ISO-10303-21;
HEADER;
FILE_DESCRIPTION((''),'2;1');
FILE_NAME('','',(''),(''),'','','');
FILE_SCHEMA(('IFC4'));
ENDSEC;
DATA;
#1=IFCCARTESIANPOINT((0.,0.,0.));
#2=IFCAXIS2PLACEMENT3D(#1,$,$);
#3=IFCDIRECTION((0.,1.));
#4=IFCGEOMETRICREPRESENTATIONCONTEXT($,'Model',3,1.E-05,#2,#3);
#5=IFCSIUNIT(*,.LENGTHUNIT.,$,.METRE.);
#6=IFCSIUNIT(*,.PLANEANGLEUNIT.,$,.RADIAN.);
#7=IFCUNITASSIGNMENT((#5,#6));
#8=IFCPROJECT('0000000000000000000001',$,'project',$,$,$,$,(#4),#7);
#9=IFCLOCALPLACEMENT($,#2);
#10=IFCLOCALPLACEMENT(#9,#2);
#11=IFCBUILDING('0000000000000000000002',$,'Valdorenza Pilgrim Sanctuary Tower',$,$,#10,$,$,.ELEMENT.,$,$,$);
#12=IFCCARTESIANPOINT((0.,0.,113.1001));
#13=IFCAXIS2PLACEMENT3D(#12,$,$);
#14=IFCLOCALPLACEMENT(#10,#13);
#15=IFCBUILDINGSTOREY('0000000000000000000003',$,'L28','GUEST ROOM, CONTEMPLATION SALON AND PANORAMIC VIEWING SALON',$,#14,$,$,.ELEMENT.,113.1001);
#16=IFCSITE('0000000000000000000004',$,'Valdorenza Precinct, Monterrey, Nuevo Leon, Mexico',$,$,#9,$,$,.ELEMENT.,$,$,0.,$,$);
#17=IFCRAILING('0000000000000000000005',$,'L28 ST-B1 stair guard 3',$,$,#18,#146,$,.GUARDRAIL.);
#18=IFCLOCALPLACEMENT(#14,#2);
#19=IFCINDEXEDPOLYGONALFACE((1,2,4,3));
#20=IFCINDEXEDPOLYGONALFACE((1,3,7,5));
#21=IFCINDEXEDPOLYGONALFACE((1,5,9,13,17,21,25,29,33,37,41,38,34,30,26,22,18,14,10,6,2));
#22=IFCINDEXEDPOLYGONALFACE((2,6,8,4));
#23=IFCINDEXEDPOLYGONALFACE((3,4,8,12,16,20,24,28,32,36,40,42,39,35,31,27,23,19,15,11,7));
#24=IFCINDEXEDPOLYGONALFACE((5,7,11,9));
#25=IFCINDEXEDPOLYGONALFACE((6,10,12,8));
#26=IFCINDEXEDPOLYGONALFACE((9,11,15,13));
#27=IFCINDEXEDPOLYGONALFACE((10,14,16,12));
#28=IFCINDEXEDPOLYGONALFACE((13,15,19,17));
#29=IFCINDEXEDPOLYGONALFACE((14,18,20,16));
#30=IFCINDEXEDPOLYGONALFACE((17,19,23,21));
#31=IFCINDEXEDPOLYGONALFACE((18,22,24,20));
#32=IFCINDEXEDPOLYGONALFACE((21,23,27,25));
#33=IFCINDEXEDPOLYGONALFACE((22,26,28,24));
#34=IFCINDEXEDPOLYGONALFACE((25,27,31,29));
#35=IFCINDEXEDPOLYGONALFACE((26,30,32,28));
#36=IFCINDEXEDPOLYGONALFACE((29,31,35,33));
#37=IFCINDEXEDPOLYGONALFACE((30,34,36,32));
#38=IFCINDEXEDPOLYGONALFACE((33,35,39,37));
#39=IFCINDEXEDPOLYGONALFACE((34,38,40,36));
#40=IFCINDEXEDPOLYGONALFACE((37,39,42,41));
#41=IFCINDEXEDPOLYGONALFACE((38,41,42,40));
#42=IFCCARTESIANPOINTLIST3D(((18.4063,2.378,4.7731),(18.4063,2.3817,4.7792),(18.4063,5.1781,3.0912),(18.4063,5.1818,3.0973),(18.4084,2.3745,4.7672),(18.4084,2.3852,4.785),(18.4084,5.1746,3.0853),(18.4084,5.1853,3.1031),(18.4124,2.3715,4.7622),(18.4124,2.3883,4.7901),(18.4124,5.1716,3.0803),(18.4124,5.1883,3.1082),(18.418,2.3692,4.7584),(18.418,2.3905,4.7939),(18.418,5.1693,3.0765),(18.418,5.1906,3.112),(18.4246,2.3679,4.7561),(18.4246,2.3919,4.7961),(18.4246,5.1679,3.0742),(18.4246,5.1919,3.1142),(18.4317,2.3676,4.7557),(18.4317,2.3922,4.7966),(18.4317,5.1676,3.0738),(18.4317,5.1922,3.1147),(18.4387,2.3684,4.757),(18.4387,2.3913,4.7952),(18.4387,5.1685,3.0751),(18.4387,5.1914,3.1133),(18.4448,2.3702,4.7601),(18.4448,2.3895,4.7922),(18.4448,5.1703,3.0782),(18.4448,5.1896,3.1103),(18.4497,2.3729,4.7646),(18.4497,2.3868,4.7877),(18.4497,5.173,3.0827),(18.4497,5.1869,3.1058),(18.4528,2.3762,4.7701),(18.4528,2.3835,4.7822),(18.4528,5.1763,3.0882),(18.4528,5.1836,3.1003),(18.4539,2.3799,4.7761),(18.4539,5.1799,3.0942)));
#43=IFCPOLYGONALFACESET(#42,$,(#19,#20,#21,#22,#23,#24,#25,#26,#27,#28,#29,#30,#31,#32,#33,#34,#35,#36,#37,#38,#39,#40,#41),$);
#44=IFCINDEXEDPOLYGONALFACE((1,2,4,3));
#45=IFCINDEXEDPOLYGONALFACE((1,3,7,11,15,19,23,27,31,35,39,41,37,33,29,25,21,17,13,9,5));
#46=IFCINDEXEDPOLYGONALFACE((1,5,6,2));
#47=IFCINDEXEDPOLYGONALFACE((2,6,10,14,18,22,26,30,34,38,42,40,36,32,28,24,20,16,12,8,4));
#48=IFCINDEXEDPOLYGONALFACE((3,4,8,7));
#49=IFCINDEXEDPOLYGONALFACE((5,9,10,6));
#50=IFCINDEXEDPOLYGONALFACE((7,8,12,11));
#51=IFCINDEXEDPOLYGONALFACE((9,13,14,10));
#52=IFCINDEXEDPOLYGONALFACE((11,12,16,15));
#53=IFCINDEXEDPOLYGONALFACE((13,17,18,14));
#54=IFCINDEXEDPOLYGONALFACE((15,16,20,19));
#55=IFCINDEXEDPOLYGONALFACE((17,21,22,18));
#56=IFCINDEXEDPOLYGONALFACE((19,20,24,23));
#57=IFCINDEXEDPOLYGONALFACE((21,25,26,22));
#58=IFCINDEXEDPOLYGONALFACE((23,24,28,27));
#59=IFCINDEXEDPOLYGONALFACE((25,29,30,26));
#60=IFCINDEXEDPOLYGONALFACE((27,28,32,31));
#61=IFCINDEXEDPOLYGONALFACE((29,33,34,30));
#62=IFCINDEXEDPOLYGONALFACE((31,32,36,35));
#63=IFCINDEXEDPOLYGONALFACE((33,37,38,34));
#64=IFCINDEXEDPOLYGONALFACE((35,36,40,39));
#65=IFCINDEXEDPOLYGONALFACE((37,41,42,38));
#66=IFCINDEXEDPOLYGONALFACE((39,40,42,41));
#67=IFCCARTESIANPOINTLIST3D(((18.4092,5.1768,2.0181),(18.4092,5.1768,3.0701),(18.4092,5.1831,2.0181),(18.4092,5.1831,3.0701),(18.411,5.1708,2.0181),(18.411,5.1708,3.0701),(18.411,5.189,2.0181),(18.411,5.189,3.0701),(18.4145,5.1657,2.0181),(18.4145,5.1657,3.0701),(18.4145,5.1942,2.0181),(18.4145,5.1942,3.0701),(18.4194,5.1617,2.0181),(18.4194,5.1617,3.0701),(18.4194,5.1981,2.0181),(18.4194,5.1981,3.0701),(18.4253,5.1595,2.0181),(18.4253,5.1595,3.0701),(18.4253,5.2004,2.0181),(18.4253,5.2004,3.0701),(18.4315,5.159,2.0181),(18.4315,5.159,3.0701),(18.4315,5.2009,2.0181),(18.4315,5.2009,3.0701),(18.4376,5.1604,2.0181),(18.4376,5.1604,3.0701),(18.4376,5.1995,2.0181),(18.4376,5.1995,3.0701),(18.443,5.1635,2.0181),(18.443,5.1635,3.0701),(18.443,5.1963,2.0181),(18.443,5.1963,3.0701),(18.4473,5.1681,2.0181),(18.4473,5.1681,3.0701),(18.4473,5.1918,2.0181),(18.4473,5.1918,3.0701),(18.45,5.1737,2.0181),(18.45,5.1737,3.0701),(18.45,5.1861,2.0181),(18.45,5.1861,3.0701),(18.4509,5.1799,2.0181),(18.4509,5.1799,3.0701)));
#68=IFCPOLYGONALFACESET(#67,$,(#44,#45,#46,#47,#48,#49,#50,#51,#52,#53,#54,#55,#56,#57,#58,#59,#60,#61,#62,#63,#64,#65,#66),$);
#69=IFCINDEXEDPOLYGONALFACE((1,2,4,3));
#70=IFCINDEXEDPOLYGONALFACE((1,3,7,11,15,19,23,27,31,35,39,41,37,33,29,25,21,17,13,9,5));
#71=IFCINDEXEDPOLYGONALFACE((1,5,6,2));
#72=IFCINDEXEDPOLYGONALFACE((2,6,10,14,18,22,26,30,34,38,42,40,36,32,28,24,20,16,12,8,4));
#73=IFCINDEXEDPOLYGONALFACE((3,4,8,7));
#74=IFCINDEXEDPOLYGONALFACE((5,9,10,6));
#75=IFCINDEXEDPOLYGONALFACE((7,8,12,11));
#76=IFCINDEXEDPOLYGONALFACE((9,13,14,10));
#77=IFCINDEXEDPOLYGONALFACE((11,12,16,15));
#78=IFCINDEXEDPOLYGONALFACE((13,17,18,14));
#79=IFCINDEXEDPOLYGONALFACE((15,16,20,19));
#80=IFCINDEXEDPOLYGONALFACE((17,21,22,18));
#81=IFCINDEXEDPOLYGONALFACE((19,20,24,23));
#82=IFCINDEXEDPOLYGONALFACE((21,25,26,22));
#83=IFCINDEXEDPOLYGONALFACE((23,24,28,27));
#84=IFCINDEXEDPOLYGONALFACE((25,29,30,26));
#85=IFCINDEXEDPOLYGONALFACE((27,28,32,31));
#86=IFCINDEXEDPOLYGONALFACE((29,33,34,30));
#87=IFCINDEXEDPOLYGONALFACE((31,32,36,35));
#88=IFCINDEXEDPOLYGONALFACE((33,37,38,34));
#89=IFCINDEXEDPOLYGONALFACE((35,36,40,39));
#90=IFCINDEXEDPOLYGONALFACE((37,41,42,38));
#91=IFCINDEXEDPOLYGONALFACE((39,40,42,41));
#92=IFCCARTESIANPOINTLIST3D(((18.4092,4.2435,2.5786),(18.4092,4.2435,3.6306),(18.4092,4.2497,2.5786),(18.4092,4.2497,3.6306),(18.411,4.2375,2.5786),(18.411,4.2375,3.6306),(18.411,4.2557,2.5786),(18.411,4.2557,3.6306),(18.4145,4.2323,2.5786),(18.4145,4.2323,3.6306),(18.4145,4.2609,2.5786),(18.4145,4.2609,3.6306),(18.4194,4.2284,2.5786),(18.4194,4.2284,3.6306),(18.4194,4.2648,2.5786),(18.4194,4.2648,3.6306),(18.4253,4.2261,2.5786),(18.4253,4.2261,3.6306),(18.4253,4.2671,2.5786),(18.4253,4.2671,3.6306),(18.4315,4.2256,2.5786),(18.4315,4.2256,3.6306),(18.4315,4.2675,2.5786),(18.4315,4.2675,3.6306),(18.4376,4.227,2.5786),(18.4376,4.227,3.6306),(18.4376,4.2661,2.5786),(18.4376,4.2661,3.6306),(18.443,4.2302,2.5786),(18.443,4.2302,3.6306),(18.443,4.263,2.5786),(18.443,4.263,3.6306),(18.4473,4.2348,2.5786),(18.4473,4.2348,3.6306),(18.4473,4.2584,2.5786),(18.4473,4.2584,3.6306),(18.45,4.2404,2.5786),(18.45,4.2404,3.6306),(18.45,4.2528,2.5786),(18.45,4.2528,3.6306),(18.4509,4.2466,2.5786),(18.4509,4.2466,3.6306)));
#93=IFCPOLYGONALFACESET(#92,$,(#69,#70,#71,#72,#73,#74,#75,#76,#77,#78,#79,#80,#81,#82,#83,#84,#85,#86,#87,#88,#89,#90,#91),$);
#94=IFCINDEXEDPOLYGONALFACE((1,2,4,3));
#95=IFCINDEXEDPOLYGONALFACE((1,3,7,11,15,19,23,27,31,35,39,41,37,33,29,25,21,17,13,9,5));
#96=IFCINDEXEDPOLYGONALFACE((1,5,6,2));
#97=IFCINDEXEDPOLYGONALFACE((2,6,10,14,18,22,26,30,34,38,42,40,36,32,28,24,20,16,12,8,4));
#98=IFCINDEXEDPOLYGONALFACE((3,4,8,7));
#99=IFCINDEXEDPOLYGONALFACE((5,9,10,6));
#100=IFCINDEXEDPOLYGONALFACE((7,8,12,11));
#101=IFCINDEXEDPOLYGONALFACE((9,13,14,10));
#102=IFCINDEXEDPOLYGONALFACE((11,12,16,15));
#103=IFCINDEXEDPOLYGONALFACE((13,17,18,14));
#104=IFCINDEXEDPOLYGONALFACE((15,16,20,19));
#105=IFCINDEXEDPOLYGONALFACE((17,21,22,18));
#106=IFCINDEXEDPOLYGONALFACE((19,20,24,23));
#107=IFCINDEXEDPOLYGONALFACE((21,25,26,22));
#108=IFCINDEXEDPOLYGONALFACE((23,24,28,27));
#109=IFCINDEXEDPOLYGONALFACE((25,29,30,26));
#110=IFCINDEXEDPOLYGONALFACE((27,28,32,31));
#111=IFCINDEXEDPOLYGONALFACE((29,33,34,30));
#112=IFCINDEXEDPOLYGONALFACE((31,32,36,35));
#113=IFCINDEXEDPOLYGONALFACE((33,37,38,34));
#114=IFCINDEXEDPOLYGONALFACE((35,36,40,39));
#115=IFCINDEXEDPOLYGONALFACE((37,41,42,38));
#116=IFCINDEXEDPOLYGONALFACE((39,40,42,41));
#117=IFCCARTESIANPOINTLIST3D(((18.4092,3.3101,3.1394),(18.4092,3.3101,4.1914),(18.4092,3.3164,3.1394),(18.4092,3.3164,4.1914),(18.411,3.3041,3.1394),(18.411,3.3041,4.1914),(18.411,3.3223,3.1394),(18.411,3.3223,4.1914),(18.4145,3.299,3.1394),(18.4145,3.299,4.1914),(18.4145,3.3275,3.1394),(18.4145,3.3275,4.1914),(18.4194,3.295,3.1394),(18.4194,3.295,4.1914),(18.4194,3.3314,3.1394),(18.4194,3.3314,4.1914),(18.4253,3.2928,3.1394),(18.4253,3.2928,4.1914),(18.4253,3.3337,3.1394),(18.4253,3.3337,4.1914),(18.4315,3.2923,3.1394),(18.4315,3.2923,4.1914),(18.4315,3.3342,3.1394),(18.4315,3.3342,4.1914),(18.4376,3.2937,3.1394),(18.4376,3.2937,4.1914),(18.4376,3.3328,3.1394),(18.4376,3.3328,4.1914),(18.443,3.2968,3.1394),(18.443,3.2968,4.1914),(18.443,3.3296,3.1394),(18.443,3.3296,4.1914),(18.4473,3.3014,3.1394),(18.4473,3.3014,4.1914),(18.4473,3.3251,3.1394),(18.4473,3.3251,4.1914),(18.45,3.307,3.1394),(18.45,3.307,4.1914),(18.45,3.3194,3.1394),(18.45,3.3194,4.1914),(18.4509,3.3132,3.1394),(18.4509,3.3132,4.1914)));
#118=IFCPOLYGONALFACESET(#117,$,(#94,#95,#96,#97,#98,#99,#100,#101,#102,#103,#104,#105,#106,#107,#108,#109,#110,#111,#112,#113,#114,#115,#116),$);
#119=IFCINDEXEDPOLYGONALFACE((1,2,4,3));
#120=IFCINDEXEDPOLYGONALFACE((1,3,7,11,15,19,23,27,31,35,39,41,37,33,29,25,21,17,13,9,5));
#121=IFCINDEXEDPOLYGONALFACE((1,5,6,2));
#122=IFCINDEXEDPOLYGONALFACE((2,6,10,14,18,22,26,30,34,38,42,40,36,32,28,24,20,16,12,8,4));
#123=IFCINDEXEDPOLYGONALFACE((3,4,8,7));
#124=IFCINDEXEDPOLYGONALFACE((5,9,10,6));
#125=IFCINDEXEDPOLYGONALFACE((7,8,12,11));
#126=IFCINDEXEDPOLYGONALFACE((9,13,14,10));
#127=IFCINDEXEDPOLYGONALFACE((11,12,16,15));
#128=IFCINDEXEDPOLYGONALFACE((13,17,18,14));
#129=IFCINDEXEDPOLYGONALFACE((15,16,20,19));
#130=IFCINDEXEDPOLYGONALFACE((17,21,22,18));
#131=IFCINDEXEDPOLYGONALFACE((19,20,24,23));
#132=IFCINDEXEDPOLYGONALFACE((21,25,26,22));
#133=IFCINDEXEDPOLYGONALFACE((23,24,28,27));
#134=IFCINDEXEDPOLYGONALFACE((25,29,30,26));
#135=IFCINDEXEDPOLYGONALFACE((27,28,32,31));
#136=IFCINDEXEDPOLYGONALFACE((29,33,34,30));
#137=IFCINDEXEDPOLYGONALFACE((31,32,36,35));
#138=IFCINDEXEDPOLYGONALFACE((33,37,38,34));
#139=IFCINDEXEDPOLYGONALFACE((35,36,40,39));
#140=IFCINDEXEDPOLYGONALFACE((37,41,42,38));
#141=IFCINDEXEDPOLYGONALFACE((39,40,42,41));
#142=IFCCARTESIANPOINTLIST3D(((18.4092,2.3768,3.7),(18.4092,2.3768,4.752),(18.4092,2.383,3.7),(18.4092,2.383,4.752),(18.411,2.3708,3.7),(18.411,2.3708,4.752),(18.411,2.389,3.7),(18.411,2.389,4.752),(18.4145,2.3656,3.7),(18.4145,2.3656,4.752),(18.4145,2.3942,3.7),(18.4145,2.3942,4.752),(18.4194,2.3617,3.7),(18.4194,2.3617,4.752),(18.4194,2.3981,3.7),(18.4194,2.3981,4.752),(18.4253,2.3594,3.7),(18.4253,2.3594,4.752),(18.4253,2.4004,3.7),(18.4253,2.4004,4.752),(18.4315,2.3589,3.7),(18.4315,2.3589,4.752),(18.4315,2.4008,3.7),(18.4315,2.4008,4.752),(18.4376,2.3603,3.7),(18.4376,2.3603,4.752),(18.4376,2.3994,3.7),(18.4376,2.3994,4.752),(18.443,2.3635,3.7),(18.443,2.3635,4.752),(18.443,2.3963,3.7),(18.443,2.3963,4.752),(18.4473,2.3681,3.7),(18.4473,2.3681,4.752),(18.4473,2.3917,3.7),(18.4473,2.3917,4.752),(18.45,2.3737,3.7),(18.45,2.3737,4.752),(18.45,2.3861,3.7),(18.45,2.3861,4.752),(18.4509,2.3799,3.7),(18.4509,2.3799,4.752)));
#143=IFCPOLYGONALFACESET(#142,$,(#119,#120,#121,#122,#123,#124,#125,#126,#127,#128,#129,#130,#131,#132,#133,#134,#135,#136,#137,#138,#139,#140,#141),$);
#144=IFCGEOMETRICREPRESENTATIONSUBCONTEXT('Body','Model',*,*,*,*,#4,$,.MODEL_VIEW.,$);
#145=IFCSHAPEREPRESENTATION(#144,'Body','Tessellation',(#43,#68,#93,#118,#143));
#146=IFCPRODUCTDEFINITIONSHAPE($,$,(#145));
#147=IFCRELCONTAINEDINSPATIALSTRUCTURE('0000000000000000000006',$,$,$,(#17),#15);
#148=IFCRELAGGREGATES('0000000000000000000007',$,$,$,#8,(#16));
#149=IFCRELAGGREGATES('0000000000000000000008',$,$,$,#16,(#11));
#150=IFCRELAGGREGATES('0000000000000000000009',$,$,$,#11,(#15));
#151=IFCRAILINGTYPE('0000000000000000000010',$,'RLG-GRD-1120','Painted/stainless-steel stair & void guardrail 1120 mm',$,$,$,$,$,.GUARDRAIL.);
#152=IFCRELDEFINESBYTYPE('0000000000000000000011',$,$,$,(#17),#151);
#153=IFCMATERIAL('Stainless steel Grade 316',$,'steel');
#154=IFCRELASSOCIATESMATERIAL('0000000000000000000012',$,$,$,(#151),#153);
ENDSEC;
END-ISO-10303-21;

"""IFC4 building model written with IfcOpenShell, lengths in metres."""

from ifc_helpers import new_model, si_unit, direction, frame, origin, origin_2d, place, context, subcontext, project, spatial, circle, extrude, material, type_object, element, save


model = new_model("IFC4")

# Units and contexts
model_context = context("Model", 3, precision=1e-05, world=origin(), true_north=direction((0.0, 1.0)))
body_context = subcontext(model_context, "Body", "Model", "MODEL_VIEW")
ifc_project = project(units=[si_unit("LENGTHUNIT", "METRE"), si_unit("PLANEANGLEUNIT", "RADIAN")], contexts=[model_context])

# Site, building, storey
site_placement = place(None, origin())
site = spatial("IfcSite", under=ifc_project, at=site_placement, Name="Valdorenza Precinct, Monterrey, Nuevo Leon, Mexico", CompositionType="ELEMENT", RefElevation=0.0)
building_placement = place(site_placement, origin())
building = spatial("IfcBuilding", under=site, at=building_placement, Name="Valdorenza Pilgrim Sanctuary Tower", CompositionType="ELEMENT")
storey_placement = place(building_placement, frame((0.0, 0.0, 113.1001)))
storey = spatial("IfcBuildingStorey", under=building, at=storey_placement, Name="L28", Description="GUEST ROOM, CONTEMPLATION SALON AND PANORAMIC VIEWING SALON", CompositionType="ELEMENT", Elevation=113.1001)

# Railing
ifc_material_1 = material(Name="Stainless steel Grade 316", Category="steel")
railing_type_1 = type_object("IfcRailingType", Name="RLG-GRD-1120", Description="Painted/stainless-steel stair & void guardrail 1120 mm", PredefinedType="GUARDRAIL", material=ifc_material_1)
railing_1_placement = place(storey_placement, frame((18.4299, 5.1799, 2.0181)))
element("IfcRailing", 1, at=railing_1_placement, inside=storey, type_object=railing_type_1, Name="L28 ST-B1 stair guard 3", PredefinedType="GUARDRAIL", context=body_context, shape_type="SweptSolid", body=[
    extrude(circle(Radius=0.0239, at=origin_2d()), frame((0.0, 0.0, 1.0762), z_axis=(0.0, -0.857242, 0.514913), x_axis=(1.0, 0.0, 0.0)), (0.0, 0.0, 1.0), 3.2664),
    extrude(circle(Radius=0.021, at=origin_2d()), origin(), (0.0, 0.0, 1.0), 1.052),
    extrude(circle(Radius=0.021, at=origin_2d()), frame((0.0, -0.9333, 0.5605)), (0.0, 0.0, 1.0), 1.052),
    extrude(circle(Radius=0.021, at=origin_2d()), frame((0.0, -1.8667, 1.1213)), (0.0, 0.0, 1.0), 1.052),
    extrude(circle(Radius=0.021, at=origin_2d()), frame((0.0, -2.8, 1.6819)), (0.0, 0.0, 1.0), 1.052),
])

save(model, "model.ifc")
